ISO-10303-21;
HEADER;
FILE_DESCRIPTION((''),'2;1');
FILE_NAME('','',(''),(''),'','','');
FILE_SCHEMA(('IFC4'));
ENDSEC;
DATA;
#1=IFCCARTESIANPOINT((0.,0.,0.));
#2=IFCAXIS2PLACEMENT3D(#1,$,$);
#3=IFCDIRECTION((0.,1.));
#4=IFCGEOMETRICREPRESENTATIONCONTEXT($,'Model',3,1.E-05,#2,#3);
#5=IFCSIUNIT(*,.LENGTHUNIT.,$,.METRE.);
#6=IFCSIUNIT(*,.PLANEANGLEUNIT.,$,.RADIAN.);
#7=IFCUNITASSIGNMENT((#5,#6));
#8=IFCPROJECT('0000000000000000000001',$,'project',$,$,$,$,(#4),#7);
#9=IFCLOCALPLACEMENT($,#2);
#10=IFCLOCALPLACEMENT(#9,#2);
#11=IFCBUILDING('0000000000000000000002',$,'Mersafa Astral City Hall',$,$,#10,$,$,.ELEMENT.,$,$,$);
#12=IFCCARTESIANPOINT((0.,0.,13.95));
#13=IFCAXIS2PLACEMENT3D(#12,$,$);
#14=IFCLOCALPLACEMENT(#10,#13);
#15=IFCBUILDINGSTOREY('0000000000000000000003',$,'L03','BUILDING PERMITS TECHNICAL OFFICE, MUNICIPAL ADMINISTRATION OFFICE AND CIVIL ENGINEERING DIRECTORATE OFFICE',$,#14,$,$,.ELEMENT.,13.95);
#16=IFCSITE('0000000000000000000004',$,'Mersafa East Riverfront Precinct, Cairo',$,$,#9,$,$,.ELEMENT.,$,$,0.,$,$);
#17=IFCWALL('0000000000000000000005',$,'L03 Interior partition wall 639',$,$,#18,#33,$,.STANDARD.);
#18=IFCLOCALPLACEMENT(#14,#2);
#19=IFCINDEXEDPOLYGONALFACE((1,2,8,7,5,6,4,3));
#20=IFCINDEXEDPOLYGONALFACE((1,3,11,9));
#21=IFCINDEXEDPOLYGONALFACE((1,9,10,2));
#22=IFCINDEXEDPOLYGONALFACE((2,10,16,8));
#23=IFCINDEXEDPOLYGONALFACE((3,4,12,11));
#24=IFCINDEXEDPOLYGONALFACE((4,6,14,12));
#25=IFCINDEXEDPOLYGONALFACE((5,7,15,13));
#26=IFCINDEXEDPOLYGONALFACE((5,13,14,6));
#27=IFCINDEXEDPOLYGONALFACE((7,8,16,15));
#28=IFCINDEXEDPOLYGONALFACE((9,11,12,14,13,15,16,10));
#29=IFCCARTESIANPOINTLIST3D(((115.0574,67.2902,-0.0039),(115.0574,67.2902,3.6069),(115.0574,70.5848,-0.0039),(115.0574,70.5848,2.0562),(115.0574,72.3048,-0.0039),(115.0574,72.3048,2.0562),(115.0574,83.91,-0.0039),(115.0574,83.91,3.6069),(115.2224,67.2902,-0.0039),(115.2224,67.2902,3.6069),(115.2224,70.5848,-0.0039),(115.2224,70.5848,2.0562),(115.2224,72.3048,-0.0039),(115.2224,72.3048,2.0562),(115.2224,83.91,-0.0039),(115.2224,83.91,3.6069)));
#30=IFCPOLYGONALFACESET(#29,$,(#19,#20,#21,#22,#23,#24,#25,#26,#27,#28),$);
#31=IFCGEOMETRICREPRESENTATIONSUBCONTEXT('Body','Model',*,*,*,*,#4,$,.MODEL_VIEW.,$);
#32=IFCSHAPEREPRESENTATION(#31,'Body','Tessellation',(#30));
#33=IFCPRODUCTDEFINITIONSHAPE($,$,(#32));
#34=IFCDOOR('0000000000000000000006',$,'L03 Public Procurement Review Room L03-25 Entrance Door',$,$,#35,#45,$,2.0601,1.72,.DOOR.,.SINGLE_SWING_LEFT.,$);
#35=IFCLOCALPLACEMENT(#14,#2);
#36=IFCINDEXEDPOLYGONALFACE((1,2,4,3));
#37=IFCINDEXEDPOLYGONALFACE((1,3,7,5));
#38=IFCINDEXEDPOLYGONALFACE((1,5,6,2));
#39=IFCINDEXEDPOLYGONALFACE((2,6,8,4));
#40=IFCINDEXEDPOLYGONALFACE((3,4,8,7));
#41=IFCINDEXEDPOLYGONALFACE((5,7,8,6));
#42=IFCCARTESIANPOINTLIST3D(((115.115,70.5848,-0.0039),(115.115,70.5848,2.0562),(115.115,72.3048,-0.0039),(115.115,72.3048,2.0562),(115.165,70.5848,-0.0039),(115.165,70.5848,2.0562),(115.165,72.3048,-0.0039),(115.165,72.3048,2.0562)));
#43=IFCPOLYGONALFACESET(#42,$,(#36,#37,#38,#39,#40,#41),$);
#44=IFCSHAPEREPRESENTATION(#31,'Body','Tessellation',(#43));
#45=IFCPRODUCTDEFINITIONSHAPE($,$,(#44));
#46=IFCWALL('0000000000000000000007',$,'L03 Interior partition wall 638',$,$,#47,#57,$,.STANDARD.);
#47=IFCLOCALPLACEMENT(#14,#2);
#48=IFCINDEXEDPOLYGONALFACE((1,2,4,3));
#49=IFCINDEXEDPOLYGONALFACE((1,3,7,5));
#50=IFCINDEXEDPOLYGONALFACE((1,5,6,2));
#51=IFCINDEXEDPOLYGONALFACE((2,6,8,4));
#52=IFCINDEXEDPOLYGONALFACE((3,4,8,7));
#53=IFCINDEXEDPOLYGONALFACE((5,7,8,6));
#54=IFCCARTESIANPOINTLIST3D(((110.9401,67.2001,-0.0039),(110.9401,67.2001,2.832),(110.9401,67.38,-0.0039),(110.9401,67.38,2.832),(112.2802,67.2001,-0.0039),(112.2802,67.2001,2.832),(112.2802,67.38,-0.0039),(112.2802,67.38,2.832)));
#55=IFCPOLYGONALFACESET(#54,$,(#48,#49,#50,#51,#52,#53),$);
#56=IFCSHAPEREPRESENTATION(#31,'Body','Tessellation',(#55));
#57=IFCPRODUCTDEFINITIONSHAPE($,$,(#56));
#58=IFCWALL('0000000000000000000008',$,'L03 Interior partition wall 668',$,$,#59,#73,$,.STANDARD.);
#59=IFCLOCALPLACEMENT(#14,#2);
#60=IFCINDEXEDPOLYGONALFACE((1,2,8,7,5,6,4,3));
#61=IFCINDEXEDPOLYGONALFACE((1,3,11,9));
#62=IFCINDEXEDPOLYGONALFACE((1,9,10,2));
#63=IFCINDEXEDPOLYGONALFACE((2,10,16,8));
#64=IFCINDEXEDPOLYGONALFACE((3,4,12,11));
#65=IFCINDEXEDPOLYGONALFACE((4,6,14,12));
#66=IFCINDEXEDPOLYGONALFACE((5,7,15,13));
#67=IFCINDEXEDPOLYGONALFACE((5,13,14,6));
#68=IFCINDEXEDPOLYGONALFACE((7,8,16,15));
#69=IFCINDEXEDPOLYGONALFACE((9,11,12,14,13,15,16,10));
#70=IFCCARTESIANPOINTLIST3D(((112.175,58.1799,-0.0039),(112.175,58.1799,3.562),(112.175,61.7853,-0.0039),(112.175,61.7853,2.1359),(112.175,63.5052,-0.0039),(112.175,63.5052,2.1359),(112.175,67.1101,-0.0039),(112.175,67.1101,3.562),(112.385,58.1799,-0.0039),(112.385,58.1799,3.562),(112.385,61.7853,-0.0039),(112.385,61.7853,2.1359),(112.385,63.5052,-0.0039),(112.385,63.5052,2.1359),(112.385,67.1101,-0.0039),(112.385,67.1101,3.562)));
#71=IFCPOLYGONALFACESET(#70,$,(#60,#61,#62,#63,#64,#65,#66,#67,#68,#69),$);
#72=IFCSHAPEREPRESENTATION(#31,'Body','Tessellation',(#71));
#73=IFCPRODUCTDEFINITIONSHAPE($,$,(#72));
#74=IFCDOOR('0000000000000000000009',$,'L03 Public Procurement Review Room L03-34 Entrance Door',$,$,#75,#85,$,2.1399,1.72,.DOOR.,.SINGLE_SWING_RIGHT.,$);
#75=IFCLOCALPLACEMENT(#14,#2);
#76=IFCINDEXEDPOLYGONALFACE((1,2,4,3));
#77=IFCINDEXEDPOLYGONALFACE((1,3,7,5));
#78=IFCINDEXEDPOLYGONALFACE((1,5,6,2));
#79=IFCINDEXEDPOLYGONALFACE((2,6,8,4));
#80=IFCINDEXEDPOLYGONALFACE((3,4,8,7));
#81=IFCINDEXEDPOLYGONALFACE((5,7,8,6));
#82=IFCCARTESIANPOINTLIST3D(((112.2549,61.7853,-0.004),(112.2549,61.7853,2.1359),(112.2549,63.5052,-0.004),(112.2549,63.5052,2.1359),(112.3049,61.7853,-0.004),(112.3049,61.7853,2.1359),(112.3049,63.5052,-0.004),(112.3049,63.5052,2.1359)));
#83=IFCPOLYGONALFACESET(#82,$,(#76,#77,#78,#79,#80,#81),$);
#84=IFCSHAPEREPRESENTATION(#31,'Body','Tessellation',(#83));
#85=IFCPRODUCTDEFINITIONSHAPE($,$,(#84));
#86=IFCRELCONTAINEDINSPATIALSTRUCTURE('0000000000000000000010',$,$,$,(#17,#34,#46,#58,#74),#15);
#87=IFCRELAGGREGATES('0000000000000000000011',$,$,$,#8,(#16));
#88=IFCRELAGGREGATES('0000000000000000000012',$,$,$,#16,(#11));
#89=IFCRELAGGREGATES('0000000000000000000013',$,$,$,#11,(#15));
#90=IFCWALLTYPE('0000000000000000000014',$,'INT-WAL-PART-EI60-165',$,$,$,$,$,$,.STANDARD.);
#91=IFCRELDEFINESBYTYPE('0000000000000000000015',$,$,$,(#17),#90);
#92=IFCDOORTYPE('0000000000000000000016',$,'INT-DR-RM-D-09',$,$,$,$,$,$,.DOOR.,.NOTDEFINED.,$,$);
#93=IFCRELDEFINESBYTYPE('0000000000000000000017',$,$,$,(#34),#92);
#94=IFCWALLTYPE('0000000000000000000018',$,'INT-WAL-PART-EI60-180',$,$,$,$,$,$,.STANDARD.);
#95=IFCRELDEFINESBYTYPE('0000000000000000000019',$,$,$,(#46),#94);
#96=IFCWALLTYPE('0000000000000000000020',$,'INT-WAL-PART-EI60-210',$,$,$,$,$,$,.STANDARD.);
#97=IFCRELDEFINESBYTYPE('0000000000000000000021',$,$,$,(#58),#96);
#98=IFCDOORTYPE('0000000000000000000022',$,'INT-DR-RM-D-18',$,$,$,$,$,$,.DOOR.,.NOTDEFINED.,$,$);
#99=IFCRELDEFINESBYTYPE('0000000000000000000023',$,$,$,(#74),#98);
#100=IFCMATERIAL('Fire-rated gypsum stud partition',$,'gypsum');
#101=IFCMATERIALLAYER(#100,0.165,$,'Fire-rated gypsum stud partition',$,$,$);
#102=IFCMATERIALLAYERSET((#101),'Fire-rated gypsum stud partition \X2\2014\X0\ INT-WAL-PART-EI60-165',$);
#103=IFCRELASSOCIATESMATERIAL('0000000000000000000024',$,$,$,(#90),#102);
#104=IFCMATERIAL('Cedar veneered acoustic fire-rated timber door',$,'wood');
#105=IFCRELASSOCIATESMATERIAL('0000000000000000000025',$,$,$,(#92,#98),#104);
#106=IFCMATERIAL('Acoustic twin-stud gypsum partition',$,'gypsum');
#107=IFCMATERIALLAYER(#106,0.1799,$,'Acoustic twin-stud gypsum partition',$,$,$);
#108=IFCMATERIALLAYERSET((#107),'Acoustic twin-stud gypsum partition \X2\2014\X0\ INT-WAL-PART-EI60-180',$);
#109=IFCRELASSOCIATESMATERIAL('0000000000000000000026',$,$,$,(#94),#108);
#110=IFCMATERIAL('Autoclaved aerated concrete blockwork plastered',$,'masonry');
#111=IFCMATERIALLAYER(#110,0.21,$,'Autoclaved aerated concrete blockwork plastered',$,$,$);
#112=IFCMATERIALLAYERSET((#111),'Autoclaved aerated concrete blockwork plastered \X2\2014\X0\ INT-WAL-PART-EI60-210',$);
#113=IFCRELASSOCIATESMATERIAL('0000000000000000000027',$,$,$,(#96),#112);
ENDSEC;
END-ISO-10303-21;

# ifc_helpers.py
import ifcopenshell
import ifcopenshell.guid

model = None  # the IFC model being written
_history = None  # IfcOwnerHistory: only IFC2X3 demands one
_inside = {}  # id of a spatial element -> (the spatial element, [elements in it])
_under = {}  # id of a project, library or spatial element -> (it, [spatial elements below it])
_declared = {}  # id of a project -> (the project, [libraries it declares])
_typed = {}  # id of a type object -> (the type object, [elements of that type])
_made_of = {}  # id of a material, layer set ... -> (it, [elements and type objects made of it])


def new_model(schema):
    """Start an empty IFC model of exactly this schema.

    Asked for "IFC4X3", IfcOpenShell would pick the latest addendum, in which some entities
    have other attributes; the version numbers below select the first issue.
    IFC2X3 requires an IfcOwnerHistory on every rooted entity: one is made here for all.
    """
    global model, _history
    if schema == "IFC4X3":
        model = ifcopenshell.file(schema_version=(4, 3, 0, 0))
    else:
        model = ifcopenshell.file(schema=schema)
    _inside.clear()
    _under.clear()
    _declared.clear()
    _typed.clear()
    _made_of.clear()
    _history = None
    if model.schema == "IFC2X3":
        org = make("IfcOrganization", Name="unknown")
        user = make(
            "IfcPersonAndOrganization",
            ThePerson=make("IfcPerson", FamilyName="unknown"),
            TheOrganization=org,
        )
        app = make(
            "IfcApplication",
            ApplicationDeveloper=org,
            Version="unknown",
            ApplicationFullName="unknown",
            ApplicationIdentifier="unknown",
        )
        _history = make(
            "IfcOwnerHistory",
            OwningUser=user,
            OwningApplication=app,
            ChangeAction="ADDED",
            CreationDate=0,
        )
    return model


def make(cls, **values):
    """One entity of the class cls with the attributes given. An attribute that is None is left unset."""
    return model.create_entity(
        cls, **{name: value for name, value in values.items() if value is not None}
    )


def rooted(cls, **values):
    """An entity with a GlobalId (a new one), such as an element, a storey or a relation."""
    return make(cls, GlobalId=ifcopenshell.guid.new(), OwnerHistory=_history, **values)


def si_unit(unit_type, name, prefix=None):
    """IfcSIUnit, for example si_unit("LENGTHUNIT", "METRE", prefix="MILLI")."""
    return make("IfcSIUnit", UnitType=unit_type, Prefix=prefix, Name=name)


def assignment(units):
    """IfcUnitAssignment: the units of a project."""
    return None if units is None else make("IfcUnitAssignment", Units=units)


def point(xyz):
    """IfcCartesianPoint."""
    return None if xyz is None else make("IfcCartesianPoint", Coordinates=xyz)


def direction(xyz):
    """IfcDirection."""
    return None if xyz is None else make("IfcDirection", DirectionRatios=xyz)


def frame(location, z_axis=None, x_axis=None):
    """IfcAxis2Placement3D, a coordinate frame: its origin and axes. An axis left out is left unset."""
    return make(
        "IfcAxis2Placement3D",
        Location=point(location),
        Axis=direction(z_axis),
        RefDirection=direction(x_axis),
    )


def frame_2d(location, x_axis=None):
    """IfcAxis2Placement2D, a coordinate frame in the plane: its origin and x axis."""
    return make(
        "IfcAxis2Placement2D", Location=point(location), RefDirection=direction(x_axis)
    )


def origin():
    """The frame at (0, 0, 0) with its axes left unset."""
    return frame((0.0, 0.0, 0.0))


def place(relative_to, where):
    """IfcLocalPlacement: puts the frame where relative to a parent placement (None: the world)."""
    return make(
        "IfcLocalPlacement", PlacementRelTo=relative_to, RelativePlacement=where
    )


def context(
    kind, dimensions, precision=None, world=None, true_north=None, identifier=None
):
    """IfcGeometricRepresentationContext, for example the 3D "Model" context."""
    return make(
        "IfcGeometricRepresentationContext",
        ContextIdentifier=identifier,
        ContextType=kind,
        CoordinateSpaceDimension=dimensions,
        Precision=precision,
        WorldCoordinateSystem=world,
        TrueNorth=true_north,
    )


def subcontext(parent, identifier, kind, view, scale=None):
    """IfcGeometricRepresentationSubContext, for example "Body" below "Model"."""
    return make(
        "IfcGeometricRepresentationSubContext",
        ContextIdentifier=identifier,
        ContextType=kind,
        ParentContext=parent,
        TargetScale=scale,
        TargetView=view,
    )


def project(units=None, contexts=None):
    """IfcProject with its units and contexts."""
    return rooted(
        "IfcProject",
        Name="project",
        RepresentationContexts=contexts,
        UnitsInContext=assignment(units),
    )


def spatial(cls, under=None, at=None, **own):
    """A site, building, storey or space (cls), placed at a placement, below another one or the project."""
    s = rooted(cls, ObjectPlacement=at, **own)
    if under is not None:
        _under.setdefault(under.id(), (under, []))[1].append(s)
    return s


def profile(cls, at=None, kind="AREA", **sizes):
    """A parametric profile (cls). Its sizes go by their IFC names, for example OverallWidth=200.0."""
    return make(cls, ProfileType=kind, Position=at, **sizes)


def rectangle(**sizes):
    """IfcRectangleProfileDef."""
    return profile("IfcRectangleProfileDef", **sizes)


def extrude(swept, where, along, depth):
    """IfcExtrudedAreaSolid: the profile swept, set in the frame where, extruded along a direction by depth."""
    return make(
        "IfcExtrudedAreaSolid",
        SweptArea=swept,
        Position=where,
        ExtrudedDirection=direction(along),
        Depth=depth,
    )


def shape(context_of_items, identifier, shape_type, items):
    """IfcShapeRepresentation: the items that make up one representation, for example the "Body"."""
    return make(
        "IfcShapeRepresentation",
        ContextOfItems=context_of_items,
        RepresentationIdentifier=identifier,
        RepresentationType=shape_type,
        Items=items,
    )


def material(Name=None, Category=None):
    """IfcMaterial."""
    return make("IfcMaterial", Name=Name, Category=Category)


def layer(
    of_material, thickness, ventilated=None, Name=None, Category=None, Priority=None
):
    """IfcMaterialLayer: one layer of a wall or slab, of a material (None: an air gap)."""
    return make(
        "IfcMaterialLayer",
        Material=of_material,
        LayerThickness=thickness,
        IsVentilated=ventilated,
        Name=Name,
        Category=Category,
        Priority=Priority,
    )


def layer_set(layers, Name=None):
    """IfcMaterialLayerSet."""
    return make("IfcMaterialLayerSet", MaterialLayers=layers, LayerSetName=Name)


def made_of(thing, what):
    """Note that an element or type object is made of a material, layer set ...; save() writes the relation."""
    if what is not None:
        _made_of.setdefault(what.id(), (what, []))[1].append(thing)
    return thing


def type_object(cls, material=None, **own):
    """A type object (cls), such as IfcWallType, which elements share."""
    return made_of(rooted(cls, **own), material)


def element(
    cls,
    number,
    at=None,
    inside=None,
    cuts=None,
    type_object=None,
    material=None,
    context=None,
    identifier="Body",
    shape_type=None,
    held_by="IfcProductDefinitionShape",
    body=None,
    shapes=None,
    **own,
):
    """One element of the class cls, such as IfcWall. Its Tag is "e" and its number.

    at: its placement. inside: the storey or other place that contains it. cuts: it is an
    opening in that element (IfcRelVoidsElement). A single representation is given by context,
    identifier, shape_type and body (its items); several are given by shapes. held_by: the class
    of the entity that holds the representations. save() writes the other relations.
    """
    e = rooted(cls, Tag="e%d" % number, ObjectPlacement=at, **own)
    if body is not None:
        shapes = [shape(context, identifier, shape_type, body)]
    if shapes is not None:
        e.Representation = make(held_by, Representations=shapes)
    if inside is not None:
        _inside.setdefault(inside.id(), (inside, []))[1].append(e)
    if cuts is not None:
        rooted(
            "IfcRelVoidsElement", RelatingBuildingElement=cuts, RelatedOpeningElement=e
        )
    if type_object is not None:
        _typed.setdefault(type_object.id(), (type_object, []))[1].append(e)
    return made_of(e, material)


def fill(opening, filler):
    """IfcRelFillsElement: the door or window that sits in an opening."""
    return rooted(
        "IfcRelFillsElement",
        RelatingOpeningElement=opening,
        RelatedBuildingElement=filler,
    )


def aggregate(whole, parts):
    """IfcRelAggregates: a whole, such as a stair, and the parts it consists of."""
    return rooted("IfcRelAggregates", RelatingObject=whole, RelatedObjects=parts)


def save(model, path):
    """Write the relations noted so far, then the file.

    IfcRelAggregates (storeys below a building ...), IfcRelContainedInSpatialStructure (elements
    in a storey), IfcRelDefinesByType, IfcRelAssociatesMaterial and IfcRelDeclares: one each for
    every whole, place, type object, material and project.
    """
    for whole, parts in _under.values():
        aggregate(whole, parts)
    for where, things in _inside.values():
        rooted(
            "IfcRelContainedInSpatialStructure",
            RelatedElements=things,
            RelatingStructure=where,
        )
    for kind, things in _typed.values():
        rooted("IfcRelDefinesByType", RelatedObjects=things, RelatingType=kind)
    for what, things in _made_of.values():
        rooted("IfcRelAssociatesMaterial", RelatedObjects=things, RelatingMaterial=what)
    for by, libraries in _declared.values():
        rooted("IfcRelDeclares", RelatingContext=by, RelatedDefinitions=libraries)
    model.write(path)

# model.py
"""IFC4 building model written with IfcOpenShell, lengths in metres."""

from ifc_helpers import new_model, si_unit, direction, frame, frame_2d, origin, place, context, subcontext, project, spatial, rectangle, extrude, material, layer, layer_set, type_object, element, fill, save


model = new_model("IFC4")

# Units and contexts
model_context = context("Model", 3, precision=1e-05, world=origin(), true_north=direction((0.0, 1.0)))
body_context = subcontext(model_context, "Body", "Model", "MODEL_VIEW")
ifc_project = project(units=[si_unit("LENGTHUNIT", "METRE"), si_unit("PLANEANGLEUNIT", "RADIAN")], contexts=[model_context])

# Site, building, storey
site_placement = place(None, origin())
site = spatial("IfcSite", under=ifc_project, at=site_placement, Name="Mersafa East Riverfront Precinct, Cairo", CompositionType="ELEMENT", RefElevation=0.0)
building_placement = place(site_placement, origin())
building = spatial("IfcBuilding", under=site, at=building_placement, Name="Mersafa Astral City Hall", CompositionType="ELEMENT")
storey_placement = place(building_placement, frame((0.0, 0.0, 13.95)))
storey = spatial("IfcBuildingStorey", under=building, at=storey_placement, Name="L03", Description="BUILDING PERMITS TECHNICAL OFFICE, MUNICIPAL ADMINISTRATION OFFICE AND CIVIL ENGINEERING DIRECTORATE OFFICE", CompositionType="ELEMENT", Elevation=13.95)

# Shared definitions
ifc_material_1 = material(Name="Fire-rated gypsum stud partition", Category="gypsum")
ifc_layer_1 = layer(ifc_material_1, 0.165, Name="Fire-rated gypsum stud partition")
ifc_layer_set_1 = layer_set([ifc_layer_1], Name="Fire-rated gypsum stud partition — INT-WAL-PART-EI60-165")
wall_type_1 = type_object("IfcWallType", Name="INT-WAL-PART-EI60-165", PredefinedType="STANDARD", material=ifc_layer_set_1)

# Wall, opening, door
wall_1_placement = place(storey_placement, frame((115.1399, 67.29, -0.0039), z_axis=(0.0, 0.0, 1.0), x_axis=(0.0, 1.0, 0.0)))
wall_1 = element("IfcWall", 1, at=wall_1_placement, inside=storey, type_object=wall_type_1, Name="L03 Interior partition wall 639", PredefinedType="STANDARD", context=body_context, shape_type="SweptSolid", body=[
    extrude(rectangle(XDim=16.6199, YDim=0.165, at=frame_2d((8.3101, 0.0))), origin(), (0.0, 0.0, 1.0), 3.6108),
])
opening_1_placement = place(wall_1_placement, frame((3.2949, 0.0, 0.0)))
opening_1 = element("IfcOpeningElement", 2, at=opening_1_placement, cuts=wall_1, PredefinedType="OPENING", context=body_context, shape_type="SweptSolid", body=[
    extrude(rectangle(XDim=1.72, YDim=2.0601, at=frame_2d((0.8599, 1.03))), frame((0.0, 0.0925, 0.0), z_axis=(0.0, -1.0, 0.0), x_axis=(1.0, 0.0, 0.0)), (0.0, 0.0, 1.0), 0.1851),
])
ifc_material_2 = material(Name="Cedar veneered acoustic fire-rated timber door", Category="wood")
door_type_1 = type_object("IfcDoorType", Name="INT-DR-RM-D-09", OperationType="NOTDEFINED", PredefinedType="DOOR", material=ifc_material_2)
door_1_placement = place(opening_1_placement, origin())
door_1 = element("IfcDoor", 3, at=door_1_placement, inside=storey, type_object=door_type_1, Name="L03 Public Procurement Review Room L03-25 Entrance Door", OperationType="SINGLE_SWING_LEFT", OverallHeight=2.0601, OverallWidth=1.72, PredefinedType="DOOR", context=body_context, shape_type="SweptSolid", body=[
    extrude(rectangle(XDim=1.72, YDim=2.0601, at=frame_2d((0.8599, 1.03))), frame((0.0, 0.0249, 0.0), z_axis=(0.0, -1.0, 0.0), x_axis=(1.0, 0.0, 0.0)), (0.0, 0.0, 1.0), 0.05),
])
fill(opening_1, door_1)

# Wall
ifc_material_3 = material(Name="Acoustic twin-stud gypsum partition", Category="gypsum")
ifc_layer_2 = layer(ifc_material_3, 0.1799, Name="Acoustic twin-stud gypsum partition")
ifc_layer_set_2 = layer_set([ifc_layer_2], Name="Acoustic twin-stud gypsum partition — INT-WAL-PART-EI60-180")
wall_type_2 = type_object("IfcWallType", Name="INT-WAL-PART-EI60-180", PredefinedType="STANDARD", material=ifc_layer_set_2)
wall_2_placement = place(storey_placement, frame((112.28, 67.29, -0.0039), z_axis=(0.0, 0.0, 1.0), x_axis=(-1.0, 0.0, 0.0)))
element("IfcWall", 4, at=wall_2_placement, inside=storey, type_object=wall_type_2, Name="L03 Interior partition wall 638", PredefinedType="STANDARD", context=body_context, shape_type="SweptSolid", body=[
    extrude(rectangle(XDim=1.3401, YDim=0.1799, at=frame_2d((0.6699, 0.0))), origin(), (0.0, 0.0, 1.0), 2.8359),
])

# Wall, opening, door
ifc_material_4 = material(Name="Autoclaved aerated concrete blockwork plastered", Category="masonry")
ifc_layer_3 = layer(ifc_material_4, 0.21, Name="Autoclaved aerated concrete blockwork plastered")
ifc_layer_set_3 = layer_set([ifc_layer_3], Name="Autoclaved aerated concrete blockwork plastered — INT-WAL-PART-EI60-210")
wall_type_3 = type_object("IfcWallType", Name="INT-WAL-PART-EI60-210", PredefinedType="STANDARD", material=ifc_layer_set_3)
wall_3_placement = place(storey_placement, frame((112.28, 67.1101, -0.0039), z_axis=(0.0, 0.0, 1.0), x_axis=(0.0, -1.0, 0.0)))
wall_3 = element("IfcWall", 5, at=wall_3_placement, inside=storey, type_object=wall_type_3, Name="L03 Interior partition wall 668", PredefinedType="STANDARD", context=body_context, shape_type="SweptSolid", body=[
    extrude(rectangle(XDim=8.9302, YDim=0.21, at=frame_2d((4.4651, 0.0))), origin(), (0.0, 0.0, 1.0), 3.5659),
])
opening_2_placement = place(wall_3_placement, frame((3.605, 0.0, 0.0)))
opening_2 = element("IfcOpeningElement", 6, at=opening_2_placement, cuts=wall_3, PredefinedType="OPENING", context=body_context, shape_type="SweptSolid", body=[
    extrude(rectangle(XDim=1.72, YDim=2.1399, at=frame_2d((0.8599, 1.0698))), frame((0.0, 0.115, 0.0), z_axis=(0.0, -1.0, 0.0), x_axis=(1.0, 0.0, 0.0)), (0.0, 0.0, 1.0), 0.23),
])
door_type_2 = type_object("IfcDoorType", Name="INT-DR-RM-D-18", OperationType="NOTDEFINED", PredefinedType="DOOR", material=ifc_material_2)
door_2_placement = place(opening_2_placement, origin())
door_2 = element("IfcDoor", 7, at=door_2_placement, inside=storey, type_object=door_type_2, Name="L03 Public Procurement Review Room L03-34 Entrance Door", OperationType="SINGLE_SWING_RIGHT", OverallHeight=2.1399, OverallWidth=1.72, PredefinedType="DOOR", context=body_context, shape_type="SweptSolid", body=[
    extrude(rectangle(XDim=1.72, YDim=2.1399, at=frame_2d((0.8599, 1.0698))), frame((0.0, 0.0249, 0.0), z_axis=(0.0, -1.0, 0.0), x_axis=(1.0, 0.0, 0.0)), (0.0, 0.0, 1.0), 0.05),
])
fill(opening_2, door_2)

save(model, "model.ifc")
